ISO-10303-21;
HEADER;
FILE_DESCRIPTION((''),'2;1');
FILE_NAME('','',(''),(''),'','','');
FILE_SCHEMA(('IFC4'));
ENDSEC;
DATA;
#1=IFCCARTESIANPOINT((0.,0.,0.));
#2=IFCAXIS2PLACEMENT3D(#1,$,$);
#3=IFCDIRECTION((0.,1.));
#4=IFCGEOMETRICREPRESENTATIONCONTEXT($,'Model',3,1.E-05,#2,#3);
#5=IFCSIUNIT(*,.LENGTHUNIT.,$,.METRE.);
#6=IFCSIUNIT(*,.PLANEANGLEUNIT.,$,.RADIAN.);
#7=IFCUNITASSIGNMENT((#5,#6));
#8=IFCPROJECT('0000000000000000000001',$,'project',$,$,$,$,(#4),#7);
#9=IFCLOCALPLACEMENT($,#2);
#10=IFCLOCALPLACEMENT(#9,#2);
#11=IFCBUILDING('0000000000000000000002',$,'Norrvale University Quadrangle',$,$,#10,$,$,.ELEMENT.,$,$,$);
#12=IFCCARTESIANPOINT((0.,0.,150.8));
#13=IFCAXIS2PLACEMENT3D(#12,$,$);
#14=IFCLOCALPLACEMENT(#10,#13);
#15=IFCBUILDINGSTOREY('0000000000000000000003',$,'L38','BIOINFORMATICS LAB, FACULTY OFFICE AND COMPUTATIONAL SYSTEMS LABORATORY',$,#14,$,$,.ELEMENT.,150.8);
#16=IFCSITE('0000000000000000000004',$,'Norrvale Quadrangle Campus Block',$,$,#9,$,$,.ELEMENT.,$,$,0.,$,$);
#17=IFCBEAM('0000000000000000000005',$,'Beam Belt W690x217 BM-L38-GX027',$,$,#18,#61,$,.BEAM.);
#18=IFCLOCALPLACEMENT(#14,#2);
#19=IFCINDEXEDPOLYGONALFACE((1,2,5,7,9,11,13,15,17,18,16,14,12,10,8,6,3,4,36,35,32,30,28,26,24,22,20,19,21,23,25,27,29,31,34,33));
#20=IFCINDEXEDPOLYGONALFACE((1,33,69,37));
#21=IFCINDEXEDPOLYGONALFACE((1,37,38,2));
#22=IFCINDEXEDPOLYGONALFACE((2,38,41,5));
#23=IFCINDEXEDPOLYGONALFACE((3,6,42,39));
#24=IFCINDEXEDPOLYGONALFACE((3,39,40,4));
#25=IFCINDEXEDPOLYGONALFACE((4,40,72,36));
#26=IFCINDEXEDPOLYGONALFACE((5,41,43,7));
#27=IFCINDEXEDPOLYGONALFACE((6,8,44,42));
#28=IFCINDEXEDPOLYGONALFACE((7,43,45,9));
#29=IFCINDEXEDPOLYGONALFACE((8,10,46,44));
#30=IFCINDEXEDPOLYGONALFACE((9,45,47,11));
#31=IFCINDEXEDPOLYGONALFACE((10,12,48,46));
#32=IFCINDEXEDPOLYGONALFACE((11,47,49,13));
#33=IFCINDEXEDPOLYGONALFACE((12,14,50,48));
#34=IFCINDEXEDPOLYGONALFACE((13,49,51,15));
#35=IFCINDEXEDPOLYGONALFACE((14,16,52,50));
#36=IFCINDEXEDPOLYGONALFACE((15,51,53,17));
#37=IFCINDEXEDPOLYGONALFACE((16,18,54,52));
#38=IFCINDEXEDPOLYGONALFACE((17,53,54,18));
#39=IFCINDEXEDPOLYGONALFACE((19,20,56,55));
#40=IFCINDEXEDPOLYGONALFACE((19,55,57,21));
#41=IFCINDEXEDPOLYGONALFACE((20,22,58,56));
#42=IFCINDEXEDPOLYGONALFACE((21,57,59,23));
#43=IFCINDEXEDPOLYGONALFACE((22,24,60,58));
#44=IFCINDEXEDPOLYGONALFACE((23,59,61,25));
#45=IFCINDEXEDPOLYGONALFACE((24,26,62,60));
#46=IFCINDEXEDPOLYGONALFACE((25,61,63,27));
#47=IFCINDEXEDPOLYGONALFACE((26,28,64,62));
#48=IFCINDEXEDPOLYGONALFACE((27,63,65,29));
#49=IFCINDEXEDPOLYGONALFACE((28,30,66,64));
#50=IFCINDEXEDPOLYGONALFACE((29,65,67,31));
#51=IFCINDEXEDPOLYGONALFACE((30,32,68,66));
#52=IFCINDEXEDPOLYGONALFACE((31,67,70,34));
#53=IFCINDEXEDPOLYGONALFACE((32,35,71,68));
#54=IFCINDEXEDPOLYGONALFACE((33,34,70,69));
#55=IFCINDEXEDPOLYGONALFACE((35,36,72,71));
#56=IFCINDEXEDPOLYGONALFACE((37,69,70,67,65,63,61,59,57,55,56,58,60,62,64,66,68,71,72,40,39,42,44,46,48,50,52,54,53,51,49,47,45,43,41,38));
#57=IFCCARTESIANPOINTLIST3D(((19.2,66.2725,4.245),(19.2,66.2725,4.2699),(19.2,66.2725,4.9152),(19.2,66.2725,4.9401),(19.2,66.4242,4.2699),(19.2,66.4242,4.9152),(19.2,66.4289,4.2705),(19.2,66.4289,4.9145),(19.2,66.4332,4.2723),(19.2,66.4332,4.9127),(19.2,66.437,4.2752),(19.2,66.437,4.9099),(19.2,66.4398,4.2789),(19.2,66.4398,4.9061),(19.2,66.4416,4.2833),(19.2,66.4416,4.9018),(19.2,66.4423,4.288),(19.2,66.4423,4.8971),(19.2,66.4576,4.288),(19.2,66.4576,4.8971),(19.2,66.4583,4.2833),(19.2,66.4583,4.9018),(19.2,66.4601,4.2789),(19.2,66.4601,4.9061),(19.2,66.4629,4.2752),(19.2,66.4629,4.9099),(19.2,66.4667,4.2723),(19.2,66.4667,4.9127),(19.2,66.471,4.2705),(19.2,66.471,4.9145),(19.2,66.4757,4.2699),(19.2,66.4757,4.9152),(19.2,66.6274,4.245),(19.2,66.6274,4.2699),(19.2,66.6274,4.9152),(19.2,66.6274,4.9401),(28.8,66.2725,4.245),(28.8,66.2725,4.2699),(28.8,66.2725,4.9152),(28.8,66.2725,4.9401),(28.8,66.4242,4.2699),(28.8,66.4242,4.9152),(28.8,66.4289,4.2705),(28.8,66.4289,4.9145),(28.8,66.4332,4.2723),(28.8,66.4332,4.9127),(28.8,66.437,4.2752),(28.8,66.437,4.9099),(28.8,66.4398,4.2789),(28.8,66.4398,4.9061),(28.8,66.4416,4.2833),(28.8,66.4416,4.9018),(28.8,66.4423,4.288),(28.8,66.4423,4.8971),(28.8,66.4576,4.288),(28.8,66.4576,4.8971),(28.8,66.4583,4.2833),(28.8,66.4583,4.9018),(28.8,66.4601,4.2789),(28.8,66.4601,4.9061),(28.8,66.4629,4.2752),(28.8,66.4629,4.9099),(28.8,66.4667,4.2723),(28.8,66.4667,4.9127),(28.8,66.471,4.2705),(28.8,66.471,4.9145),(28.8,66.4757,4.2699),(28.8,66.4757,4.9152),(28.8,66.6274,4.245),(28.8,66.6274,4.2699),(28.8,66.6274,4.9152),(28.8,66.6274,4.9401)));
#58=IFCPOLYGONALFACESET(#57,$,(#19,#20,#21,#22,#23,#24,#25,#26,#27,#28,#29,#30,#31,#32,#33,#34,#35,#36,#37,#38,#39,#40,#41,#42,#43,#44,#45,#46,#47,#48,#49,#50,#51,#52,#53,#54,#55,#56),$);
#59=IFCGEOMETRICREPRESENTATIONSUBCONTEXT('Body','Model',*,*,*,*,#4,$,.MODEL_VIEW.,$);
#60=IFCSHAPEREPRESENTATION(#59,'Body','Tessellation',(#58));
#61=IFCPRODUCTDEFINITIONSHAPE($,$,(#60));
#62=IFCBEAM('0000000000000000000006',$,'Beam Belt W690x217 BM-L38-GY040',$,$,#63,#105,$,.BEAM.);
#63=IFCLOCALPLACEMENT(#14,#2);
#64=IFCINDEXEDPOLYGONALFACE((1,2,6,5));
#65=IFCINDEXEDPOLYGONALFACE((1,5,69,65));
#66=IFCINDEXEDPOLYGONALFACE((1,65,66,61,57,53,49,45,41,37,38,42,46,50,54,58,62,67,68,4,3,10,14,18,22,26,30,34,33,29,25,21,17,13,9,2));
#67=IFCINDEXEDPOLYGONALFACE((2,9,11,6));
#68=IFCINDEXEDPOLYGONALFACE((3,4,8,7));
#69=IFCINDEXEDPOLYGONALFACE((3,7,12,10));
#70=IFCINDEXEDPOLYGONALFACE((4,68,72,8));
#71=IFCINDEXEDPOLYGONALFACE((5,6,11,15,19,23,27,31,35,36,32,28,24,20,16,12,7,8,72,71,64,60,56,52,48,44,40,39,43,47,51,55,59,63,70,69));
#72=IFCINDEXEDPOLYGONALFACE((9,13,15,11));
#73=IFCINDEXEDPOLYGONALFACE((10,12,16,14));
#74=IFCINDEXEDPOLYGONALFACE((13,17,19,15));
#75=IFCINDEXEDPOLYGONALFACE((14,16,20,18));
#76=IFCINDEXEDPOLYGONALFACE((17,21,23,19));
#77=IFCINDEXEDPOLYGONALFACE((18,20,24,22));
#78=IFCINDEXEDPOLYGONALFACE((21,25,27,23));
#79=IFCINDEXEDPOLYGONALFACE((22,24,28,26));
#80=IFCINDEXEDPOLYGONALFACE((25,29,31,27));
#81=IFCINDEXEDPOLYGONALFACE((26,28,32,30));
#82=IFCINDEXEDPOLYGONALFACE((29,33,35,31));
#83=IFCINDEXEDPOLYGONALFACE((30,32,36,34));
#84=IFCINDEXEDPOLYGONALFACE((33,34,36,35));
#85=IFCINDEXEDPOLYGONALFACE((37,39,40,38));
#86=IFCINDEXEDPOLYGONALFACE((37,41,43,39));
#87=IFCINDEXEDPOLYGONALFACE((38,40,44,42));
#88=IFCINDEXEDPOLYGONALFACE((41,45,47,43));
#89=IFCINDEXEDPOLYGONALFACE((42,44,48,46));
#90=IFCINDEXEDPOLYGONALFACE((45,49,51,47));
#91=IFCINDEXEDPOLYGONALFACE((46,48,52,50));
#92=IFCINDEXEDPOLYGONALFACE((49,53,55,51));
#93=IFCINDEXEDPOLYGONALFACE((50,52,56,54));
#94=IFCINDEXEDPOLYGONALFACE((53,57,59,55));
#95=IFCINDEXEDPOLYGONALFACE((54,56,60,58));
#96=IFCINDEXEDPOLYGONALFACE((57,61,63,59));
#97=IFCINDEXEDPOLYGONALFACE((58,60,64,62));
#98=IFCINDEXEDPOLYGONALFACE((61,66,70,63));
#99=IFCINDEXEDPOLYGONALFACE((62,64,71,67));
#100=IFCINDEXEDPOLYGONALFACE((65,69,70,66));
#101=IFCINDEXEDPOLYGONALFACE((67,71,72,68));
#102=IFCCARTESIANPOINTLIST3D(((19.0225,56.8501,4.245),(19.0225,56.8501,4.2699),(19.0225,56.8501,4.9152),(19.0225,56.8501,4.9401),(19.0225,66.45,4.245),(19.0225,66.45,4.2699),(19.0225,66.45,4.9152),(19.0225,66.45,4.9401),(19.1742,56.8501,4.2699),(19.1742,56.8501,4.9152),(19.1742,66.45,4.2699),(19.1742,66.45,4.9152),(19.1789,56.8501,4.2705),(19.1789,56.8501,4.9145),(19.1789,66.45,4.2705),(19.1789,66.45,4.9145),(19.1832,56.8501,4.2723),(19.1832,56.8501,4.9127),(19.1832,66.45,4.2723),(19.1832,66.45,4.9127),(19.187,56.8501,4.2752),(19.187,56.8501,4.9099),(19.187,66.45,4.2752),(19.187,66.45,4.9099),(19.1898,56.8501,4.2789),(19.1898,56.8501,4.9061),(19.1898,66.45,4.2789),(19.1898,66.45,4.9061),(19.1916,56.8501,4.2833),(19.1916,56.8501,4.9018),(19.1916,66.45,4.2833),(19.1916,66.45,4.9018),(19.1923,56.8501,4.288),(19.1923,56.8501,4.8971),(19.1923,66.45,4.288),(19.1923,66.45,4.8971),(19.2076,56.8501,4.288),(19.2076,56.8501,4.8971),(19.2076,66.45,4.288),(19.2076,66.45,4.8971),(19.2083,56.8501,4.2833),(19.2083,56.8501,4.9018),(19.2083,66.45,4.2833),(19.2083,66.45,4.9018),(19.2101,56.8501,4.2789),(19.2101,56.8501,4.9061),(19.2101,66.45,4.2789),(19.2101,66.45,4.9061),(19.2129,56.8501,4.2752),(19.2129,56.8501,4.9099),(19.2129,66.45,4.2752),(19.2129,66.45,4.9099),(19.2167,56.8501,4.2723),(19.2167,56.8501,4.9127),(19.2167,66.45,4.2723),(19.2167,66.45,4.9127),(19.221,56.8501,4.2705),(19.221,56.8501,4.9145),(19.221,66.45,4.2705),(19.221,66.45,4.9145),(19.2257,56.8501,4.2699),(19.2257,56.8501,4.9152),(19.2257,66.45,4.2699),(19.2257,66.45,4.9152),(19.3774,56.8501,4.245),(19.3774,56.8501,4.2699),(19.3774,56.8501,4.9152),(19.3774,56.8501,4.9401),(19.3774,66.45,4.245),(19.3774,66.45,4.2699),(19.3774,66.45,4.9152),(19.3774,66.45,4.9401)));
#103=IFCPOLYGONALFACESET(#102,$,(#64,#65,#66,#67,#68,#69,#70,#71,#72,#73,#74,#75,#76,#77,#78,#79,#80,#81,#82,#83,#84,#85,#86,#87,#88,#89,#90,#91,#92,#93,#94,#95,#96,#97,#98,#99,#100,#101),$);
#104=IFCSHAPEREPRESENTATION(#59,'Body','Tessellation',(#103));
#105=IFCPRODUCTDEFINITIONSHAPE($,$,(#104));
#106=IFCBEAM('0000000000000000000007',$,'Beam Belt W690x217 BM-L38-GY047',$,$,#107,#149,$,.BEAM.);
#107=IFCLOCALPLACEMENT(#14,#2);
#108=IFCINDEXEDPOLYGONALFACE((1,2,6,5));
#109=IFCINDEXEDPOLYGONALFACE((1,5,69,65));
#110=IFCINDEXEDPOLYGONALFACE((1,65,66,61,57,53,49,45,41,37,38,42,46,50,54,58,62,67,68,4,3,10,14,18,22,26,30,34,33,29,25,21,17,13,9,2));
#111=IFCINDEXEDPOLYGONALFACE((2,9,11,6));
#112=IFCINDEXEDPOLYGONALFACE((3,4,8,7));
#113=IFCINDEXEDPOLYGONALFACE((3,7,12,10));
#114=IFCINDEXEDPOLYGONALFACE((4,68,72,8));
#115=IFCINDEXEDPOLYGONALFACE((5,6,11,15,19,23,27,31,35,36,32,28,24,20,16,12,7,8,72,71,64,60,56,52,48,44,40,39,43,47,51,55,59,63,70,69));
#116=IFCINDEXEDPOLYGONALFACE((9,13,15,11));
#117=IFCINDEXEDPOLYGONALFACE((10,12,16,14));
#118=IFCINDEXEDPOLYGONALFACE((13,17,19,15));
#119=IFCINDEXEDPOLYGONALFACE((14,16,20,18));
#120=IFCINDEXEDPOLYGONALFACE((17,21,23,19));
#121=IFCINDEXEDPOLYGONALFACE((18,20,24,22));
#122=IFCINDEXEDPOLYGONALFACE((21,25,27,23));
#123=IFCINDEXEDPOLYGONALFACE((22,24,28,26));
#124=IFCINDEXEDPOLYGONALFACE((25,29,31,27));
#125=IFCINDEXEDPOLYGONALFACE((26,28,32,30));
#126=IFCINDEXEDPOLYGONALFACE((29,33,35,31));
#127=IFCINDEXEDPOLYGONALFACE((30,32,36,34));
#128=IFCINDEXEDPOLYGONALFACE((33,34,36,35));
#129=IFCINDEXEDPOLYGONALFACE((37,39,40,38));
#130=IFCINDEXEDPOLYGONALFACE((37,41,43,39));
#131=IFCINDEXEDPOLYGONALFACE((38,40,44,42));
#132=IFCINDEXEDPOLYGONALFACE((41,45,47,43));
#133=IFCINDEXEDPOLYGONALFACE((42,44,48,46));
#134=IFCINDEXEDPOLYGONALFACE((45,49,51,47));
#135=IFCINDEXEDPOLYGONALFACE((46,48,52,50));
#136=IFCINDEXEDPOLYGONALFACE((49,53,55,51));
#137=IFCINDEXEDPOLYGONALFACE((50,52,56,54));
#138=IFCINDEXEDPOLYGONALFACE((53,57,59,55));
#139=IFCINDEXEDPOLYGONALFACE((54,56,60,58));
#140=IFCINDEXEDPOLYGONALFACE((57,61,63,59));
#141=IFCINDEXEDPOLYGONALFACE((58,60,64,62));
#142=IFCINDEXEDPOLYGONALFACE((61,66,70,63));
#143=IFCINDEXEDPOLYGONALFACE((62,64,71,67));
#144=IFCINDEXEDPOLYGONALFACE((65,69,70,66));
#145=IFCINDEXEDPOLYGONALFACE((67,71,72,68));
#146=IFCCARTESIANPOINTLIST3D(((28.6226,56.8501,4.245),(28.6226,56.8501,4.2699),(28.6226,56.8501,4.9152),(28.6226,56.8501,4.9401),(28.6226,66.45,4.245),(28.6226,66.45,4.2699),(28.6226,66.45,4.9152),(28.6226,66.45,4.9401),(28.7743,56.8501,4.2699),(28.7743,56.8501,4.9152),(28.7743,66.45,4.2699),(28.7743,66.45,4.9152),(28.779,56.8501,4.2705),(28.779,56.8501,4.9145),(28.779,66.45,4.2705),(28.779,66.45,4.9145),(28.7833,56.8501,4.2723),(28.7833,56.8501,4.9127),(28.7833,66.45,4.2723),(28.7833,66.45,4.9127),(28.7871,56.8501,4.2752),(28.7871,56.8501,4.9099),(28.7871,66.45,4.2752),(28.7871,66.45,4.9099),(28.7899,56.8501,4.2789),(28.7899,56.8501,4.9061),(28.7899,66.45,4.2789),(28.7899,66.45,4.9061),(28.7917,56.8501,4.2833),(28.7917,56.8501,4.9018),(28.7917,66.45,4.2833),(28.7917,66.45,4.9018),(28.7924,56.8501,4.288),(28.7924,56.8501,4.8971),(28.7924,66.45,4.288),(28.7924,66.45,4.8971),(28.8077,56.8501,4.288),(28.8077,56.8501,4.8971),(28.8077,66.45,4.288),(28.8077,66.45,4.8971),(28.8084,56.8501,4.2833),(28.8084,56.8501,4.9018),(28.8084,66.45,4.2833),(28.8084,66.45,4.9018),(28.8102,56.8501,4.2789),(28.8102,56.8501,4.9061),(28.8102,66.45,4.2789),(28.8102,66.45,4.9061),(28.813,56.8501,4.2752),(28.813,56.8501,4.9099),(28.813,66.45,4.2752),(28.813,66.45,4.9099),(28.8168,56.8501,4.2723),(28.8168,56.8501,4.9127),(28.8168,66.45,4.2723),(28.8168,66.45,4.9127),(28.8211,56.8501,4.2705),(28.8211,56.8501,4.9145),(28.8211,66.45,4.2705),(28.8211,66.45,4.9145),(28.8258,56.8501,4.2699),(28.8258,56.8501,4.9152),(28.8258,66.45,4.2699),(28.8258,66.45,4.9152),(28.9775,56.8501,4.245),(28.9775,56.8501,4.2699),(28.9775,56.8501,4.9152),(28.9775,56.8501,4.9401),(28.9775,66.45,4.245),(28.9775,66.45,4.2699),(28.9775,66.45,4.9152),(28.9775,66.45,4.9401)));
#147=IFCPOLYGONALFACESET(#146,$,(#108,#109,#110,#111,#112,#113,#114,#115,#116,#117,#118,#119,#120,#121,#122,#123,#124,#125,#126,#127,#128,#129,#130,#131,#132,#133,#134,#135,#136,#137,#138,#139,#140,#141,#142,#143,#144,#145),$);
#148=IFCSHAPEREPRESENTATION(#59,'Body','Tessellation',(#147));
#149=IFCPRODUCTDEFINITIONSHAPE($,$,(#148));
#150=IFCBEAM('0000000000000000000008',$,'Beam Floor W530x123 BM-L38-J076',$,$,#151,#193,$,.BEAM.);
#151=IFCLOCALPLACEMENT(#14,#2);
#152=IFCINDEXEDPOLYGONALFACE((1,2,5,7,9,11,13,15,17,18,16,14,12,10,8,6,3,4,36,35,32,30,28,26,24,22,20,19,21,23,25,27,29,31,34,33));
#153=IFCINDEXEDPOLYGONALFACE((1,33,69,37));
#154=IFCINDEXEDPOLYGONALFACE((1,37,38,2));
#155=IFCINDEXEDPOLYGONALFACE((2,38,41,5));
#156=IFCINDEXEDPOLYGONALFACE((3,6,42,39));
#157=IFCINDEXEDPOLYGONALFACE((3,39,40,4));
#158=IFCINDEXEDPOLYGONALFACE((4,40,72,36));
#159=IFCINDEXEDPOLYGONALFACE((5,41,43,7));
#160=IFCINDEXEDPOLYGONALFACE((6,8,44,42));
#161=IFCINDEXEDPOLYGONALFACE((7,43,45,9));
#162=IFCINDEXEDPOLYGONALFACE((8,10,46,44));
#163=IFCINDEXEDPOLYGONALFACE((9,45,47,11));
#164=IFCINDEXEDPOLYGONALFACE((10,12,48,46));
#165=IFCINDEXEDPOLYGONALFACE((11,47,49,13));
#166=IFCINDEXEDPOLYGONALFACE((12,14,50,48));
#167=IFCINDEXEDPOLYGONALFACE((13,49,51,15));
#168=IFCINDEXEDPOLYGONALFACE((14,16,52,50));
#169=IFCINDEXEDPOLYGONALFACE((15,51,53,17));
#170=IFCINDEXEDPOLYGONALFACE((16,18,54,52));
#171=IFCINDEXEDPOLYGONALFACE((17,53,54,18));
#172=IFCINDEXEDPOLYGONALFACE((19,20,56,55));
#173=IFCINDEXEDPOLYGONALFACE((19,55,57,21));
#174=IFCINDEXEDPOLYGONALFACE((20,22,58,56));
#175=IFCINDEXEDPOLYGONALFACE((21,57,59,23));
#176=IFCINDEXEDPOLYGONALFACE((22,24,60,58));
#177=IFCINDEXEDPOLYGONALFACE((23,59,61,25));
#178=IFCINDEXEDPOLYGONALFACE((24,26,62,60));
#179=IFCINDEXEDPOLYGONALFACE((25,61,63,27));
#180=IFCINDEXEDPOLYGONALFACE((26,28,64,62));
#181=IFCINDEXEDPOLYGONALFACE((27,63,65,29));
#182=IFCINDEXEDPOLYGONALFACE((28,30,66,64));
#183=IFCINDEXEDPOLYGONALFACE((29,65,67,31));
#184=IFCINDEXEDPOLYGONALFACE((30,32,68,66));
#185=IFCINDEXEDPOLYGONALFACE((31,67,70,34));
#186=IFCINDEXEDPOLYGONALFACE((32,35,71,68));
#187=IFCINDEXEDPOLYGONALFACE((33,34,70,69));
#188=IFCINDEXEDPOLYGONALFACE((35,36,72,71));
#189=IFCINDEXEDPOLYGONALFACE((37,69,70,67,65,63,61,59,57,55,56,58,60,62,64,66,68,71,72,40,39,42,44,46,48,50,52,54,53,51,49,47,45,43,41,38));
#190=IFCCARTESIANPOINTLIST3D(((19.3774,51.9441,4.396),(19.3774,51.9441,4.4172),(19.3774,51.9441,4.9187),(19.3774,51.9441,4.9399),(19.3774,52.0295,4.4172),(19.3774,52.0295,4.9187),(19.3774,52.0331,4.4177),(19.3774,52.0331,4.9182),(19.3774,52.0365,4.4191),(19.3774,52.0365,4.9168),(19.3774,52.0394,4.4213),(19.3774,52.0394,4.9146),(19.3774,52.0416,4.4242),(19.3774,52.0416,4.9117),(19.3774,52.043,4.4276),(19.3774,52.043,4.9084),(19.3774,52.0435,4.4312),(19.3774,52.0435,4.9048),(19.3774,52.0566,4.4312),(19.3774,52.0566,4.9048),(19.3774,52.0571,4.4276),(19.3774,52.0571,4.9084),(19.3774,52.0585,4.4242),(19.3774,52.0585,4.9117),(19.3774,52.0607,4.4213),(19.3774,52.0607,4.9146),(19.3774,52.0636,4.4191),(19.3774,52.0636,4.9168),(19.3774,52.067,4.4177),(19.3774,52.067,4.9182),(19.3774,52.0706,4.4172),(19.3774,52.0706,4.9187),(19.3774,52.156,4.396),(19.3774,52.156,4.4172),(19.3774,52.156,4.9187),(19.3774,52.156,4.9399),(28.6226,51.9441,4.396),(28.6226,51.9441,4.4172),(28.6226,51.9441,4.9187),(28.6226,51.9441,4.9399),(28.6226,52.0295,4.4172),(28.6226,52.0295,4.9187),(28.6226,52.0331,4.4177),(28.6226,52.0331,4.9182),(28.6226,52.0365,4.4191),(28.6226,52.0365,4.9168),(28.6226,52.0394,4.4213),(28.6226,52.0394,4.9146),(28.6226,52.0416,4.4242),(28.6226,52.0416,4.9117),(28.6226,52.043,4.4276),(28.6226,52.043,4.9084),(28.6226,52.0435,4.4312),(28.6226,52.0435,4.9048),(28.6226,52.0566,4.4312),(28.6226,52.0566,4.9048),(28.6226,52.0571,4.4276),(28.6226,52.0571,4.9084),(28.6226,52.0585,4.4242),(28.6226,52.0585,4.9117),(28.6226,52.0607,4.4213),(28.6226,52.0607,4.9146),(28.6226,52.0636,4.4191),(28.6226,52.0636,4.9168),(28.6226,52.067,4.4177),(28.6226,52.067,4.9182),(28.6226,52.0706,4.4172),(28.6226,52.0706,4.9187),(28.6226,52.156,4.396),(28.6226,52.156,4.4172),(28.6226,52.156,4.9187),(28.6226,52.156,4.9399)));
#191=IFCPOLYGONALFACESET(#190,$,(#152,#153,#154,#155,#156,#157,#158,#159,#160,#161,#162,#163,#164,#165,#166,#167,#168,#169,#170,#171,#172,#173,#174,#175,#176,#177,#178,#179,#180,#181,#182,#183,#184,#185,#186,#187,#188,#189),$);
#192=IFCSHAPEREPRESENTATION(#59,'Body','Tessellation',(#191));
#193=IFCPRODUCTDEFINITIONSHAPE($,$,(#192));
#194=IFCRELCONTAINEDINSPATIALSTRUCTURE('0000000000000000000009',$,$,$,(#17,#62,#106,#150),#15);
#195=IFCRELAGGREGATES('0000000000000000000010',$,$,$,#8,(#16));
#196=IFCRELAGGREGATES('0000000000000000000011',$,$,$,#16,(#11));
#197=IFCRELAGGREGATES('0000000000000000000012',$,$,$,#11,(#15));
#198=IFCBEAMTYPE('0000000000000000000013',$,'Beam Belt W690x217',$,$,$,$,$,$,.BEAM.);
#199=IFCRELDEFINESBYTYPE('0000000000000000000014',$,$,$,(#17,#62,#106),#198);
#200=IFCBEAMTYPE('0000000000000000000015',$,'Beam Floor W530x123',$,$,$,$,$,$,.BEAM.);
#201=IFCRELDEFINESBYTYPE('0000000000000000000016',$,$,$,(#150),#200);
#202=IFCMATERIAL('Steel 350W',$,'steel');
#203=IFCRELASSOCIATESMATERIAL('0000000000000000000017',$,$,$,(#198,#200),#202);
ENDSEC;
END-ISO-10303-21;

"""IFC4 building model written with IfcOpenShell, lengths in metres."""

from ifc_helpers import new_model, si_unit, direction, frame, origin, origin_2d, place, context, subcontext, project, spatial, i_section, extrude, material, material_profile, profile_set, type_object, element, save


model = new_model("IFC4")

# Units and contexts
model_context = context("Model", 3, precision=1e-05, world=origin(), true_north=direction((0.0, 1.0)))
body_context = subcontext(model_context, "Body", "Model", "MODEL_VIEW")
ifc_project = project(units=[si_unit("LENGTHUNIT", "METRE"), si_unit("PLANEANGLEUNIT", "RADIAN")], contexts=[model_context])

# Site, building, storey
site_placement = place(None, origin())
site = spatial("IfcSite", under=ifc_project, at=site_placement, Name="Norrvale Quadrangle Campus Block", CompositionType="ELEMENT", RefElevation=0.0)
building_placement = place(site_placement, origin())
building = spatial("IfcBuilding", under=site, at=building_placement, Name="Norrvale University Quadrangle", CompositionType="ELEMENT")
storey_placement = place(building_placement, frame((0.0, 0.0, 150.8)))
storey = spatial("IfcBuildingStorey", under=building, at=storey_placement, Name="L38", Description="BIOINFORMATICS LAB, FACULTY OFFICE AND COMPUTATIONAL SYSTEMS LABORATORY", CompositionType="ELEMENT", Elevation=150.8)

# Beams
ifc_material_1 = material(Name="Steel 350W", Category="steel")
ifc_material_profile_1 = material_profile(ifc_material_1, i_section(OverallWidth=0.355, OverallDepth=0.6951, WebThickness=0.0154, FlangeThickness=0.0249, FilletRadius=0.0181, at=origin_2d()), Name="Steel 350W")
ifc_profile_set_1 = profile_set([ifc_material_profile_1], Name="Steel 350W")
beam_type_1 = type_object("IfcBeamType", Name="Beam Belt W690x217", PredefinedType="BEAM", material=ifc_profile_set_1)
beam_1_placement = place(storey_placement, frame((19.2, 66.45, 4.5925), z_axis=(1.0, 0.0, 0.0), x_axis=(0.0, 1.0, 0.0)))
element("IfcBeam", 1, at=beam_1_placement, inside=storey, type_object=beam_type_1, Name="Beam Belt W690x217 BM-L38-GX027", PredefinedType="BEAM", context=body_context, shape_type="SweptSolid", body=[
    extrude(i_section(OverallWidth=0.355, OverallDepth=0.6951, WebThickness=0.0154, FlangeThickness=0.0249, FilletRadius=0.0181, at=origin_2d()), origin(), (0.0, 0.0, 1.0), 9.6001),
])
for number, where, z_axis, x_axis, name in (
    (2, (19.2, 56.8501, 4.5925), (0.0, 1.0, 0.0), (-1.0, 0.0, 0.0), "Beam Belt W690x217 BM-L38-GY040"),
    (3, (28.8, 56.8501, 4.5925), (0.0, 1.0, 0.0), (-1.0, 0.0, 0.0), "Beam Belt W690x217 BM-L38-GY047"),
):
    element("IfcBeam", number, at=place(storey_placement, frame(where, z_axis=z_axis, x_axis=x_axis)), inside=storey, type_object=beam_type_1, Name=name, PredefinedType="BEAM", context=body_context, shape_type="SweptSolid", body=[
        extrude(i_section(OverallWidth=0.355, OverallDepth=0.6951, WebThickness=0.0154, FlangeThickness=0.0249, FilletRadius=0.0181, at=origin_2d()), origin(), (0.0, 0.0, 1.0), 9.5999),
    ])
ifc_material_profile_2 = material_profile(ifc_material_1, i_section(OverallWidth=0.2119, OverallDepth=0.5439, WebThickness=0.0132, FlangeThickness=0.0212, FilletRadius=0.0139, at=origin_2d()), Name="Steel 350W")
ifc_profile_set_2 = profile_set([ifc_material_profile_2], Name="Steel 350W")
beam_type_2 = type_object("IfcBeamType", Name="Beam Floor W530x123", PredefinedType="BEAM", material=ifc_profile_set_2)
for number, where, z_axis, x_axis, name in (
    (4, (19.3774, 52.05, 4.668), (1.0, 0.0, 0.0), (0.0, 1.0, 0.0), "Beam Floor W530x123 BM-L38-J076"),
):
    element("IfcBeam", number, at=place(storey_placement, frame(where, z_axis=z_axis, x_axis=x_axis)), inside=storey, type_object=beam_type_2, Name=name, PredefinedType="BEAM", context=body_context, shape_type="SweptSolid", body=[
        extrude(i_section(OverallWidth=0.2119, OverallDepth=0.5439, WebThickness=0.0132, FlangeThickness=0.0212, FilletRadius=0.0139, at=origin_2d()), origin(), (0.0, 0.0, 1.0), 9.2451),
    ])

save(model, "model.ifc")
